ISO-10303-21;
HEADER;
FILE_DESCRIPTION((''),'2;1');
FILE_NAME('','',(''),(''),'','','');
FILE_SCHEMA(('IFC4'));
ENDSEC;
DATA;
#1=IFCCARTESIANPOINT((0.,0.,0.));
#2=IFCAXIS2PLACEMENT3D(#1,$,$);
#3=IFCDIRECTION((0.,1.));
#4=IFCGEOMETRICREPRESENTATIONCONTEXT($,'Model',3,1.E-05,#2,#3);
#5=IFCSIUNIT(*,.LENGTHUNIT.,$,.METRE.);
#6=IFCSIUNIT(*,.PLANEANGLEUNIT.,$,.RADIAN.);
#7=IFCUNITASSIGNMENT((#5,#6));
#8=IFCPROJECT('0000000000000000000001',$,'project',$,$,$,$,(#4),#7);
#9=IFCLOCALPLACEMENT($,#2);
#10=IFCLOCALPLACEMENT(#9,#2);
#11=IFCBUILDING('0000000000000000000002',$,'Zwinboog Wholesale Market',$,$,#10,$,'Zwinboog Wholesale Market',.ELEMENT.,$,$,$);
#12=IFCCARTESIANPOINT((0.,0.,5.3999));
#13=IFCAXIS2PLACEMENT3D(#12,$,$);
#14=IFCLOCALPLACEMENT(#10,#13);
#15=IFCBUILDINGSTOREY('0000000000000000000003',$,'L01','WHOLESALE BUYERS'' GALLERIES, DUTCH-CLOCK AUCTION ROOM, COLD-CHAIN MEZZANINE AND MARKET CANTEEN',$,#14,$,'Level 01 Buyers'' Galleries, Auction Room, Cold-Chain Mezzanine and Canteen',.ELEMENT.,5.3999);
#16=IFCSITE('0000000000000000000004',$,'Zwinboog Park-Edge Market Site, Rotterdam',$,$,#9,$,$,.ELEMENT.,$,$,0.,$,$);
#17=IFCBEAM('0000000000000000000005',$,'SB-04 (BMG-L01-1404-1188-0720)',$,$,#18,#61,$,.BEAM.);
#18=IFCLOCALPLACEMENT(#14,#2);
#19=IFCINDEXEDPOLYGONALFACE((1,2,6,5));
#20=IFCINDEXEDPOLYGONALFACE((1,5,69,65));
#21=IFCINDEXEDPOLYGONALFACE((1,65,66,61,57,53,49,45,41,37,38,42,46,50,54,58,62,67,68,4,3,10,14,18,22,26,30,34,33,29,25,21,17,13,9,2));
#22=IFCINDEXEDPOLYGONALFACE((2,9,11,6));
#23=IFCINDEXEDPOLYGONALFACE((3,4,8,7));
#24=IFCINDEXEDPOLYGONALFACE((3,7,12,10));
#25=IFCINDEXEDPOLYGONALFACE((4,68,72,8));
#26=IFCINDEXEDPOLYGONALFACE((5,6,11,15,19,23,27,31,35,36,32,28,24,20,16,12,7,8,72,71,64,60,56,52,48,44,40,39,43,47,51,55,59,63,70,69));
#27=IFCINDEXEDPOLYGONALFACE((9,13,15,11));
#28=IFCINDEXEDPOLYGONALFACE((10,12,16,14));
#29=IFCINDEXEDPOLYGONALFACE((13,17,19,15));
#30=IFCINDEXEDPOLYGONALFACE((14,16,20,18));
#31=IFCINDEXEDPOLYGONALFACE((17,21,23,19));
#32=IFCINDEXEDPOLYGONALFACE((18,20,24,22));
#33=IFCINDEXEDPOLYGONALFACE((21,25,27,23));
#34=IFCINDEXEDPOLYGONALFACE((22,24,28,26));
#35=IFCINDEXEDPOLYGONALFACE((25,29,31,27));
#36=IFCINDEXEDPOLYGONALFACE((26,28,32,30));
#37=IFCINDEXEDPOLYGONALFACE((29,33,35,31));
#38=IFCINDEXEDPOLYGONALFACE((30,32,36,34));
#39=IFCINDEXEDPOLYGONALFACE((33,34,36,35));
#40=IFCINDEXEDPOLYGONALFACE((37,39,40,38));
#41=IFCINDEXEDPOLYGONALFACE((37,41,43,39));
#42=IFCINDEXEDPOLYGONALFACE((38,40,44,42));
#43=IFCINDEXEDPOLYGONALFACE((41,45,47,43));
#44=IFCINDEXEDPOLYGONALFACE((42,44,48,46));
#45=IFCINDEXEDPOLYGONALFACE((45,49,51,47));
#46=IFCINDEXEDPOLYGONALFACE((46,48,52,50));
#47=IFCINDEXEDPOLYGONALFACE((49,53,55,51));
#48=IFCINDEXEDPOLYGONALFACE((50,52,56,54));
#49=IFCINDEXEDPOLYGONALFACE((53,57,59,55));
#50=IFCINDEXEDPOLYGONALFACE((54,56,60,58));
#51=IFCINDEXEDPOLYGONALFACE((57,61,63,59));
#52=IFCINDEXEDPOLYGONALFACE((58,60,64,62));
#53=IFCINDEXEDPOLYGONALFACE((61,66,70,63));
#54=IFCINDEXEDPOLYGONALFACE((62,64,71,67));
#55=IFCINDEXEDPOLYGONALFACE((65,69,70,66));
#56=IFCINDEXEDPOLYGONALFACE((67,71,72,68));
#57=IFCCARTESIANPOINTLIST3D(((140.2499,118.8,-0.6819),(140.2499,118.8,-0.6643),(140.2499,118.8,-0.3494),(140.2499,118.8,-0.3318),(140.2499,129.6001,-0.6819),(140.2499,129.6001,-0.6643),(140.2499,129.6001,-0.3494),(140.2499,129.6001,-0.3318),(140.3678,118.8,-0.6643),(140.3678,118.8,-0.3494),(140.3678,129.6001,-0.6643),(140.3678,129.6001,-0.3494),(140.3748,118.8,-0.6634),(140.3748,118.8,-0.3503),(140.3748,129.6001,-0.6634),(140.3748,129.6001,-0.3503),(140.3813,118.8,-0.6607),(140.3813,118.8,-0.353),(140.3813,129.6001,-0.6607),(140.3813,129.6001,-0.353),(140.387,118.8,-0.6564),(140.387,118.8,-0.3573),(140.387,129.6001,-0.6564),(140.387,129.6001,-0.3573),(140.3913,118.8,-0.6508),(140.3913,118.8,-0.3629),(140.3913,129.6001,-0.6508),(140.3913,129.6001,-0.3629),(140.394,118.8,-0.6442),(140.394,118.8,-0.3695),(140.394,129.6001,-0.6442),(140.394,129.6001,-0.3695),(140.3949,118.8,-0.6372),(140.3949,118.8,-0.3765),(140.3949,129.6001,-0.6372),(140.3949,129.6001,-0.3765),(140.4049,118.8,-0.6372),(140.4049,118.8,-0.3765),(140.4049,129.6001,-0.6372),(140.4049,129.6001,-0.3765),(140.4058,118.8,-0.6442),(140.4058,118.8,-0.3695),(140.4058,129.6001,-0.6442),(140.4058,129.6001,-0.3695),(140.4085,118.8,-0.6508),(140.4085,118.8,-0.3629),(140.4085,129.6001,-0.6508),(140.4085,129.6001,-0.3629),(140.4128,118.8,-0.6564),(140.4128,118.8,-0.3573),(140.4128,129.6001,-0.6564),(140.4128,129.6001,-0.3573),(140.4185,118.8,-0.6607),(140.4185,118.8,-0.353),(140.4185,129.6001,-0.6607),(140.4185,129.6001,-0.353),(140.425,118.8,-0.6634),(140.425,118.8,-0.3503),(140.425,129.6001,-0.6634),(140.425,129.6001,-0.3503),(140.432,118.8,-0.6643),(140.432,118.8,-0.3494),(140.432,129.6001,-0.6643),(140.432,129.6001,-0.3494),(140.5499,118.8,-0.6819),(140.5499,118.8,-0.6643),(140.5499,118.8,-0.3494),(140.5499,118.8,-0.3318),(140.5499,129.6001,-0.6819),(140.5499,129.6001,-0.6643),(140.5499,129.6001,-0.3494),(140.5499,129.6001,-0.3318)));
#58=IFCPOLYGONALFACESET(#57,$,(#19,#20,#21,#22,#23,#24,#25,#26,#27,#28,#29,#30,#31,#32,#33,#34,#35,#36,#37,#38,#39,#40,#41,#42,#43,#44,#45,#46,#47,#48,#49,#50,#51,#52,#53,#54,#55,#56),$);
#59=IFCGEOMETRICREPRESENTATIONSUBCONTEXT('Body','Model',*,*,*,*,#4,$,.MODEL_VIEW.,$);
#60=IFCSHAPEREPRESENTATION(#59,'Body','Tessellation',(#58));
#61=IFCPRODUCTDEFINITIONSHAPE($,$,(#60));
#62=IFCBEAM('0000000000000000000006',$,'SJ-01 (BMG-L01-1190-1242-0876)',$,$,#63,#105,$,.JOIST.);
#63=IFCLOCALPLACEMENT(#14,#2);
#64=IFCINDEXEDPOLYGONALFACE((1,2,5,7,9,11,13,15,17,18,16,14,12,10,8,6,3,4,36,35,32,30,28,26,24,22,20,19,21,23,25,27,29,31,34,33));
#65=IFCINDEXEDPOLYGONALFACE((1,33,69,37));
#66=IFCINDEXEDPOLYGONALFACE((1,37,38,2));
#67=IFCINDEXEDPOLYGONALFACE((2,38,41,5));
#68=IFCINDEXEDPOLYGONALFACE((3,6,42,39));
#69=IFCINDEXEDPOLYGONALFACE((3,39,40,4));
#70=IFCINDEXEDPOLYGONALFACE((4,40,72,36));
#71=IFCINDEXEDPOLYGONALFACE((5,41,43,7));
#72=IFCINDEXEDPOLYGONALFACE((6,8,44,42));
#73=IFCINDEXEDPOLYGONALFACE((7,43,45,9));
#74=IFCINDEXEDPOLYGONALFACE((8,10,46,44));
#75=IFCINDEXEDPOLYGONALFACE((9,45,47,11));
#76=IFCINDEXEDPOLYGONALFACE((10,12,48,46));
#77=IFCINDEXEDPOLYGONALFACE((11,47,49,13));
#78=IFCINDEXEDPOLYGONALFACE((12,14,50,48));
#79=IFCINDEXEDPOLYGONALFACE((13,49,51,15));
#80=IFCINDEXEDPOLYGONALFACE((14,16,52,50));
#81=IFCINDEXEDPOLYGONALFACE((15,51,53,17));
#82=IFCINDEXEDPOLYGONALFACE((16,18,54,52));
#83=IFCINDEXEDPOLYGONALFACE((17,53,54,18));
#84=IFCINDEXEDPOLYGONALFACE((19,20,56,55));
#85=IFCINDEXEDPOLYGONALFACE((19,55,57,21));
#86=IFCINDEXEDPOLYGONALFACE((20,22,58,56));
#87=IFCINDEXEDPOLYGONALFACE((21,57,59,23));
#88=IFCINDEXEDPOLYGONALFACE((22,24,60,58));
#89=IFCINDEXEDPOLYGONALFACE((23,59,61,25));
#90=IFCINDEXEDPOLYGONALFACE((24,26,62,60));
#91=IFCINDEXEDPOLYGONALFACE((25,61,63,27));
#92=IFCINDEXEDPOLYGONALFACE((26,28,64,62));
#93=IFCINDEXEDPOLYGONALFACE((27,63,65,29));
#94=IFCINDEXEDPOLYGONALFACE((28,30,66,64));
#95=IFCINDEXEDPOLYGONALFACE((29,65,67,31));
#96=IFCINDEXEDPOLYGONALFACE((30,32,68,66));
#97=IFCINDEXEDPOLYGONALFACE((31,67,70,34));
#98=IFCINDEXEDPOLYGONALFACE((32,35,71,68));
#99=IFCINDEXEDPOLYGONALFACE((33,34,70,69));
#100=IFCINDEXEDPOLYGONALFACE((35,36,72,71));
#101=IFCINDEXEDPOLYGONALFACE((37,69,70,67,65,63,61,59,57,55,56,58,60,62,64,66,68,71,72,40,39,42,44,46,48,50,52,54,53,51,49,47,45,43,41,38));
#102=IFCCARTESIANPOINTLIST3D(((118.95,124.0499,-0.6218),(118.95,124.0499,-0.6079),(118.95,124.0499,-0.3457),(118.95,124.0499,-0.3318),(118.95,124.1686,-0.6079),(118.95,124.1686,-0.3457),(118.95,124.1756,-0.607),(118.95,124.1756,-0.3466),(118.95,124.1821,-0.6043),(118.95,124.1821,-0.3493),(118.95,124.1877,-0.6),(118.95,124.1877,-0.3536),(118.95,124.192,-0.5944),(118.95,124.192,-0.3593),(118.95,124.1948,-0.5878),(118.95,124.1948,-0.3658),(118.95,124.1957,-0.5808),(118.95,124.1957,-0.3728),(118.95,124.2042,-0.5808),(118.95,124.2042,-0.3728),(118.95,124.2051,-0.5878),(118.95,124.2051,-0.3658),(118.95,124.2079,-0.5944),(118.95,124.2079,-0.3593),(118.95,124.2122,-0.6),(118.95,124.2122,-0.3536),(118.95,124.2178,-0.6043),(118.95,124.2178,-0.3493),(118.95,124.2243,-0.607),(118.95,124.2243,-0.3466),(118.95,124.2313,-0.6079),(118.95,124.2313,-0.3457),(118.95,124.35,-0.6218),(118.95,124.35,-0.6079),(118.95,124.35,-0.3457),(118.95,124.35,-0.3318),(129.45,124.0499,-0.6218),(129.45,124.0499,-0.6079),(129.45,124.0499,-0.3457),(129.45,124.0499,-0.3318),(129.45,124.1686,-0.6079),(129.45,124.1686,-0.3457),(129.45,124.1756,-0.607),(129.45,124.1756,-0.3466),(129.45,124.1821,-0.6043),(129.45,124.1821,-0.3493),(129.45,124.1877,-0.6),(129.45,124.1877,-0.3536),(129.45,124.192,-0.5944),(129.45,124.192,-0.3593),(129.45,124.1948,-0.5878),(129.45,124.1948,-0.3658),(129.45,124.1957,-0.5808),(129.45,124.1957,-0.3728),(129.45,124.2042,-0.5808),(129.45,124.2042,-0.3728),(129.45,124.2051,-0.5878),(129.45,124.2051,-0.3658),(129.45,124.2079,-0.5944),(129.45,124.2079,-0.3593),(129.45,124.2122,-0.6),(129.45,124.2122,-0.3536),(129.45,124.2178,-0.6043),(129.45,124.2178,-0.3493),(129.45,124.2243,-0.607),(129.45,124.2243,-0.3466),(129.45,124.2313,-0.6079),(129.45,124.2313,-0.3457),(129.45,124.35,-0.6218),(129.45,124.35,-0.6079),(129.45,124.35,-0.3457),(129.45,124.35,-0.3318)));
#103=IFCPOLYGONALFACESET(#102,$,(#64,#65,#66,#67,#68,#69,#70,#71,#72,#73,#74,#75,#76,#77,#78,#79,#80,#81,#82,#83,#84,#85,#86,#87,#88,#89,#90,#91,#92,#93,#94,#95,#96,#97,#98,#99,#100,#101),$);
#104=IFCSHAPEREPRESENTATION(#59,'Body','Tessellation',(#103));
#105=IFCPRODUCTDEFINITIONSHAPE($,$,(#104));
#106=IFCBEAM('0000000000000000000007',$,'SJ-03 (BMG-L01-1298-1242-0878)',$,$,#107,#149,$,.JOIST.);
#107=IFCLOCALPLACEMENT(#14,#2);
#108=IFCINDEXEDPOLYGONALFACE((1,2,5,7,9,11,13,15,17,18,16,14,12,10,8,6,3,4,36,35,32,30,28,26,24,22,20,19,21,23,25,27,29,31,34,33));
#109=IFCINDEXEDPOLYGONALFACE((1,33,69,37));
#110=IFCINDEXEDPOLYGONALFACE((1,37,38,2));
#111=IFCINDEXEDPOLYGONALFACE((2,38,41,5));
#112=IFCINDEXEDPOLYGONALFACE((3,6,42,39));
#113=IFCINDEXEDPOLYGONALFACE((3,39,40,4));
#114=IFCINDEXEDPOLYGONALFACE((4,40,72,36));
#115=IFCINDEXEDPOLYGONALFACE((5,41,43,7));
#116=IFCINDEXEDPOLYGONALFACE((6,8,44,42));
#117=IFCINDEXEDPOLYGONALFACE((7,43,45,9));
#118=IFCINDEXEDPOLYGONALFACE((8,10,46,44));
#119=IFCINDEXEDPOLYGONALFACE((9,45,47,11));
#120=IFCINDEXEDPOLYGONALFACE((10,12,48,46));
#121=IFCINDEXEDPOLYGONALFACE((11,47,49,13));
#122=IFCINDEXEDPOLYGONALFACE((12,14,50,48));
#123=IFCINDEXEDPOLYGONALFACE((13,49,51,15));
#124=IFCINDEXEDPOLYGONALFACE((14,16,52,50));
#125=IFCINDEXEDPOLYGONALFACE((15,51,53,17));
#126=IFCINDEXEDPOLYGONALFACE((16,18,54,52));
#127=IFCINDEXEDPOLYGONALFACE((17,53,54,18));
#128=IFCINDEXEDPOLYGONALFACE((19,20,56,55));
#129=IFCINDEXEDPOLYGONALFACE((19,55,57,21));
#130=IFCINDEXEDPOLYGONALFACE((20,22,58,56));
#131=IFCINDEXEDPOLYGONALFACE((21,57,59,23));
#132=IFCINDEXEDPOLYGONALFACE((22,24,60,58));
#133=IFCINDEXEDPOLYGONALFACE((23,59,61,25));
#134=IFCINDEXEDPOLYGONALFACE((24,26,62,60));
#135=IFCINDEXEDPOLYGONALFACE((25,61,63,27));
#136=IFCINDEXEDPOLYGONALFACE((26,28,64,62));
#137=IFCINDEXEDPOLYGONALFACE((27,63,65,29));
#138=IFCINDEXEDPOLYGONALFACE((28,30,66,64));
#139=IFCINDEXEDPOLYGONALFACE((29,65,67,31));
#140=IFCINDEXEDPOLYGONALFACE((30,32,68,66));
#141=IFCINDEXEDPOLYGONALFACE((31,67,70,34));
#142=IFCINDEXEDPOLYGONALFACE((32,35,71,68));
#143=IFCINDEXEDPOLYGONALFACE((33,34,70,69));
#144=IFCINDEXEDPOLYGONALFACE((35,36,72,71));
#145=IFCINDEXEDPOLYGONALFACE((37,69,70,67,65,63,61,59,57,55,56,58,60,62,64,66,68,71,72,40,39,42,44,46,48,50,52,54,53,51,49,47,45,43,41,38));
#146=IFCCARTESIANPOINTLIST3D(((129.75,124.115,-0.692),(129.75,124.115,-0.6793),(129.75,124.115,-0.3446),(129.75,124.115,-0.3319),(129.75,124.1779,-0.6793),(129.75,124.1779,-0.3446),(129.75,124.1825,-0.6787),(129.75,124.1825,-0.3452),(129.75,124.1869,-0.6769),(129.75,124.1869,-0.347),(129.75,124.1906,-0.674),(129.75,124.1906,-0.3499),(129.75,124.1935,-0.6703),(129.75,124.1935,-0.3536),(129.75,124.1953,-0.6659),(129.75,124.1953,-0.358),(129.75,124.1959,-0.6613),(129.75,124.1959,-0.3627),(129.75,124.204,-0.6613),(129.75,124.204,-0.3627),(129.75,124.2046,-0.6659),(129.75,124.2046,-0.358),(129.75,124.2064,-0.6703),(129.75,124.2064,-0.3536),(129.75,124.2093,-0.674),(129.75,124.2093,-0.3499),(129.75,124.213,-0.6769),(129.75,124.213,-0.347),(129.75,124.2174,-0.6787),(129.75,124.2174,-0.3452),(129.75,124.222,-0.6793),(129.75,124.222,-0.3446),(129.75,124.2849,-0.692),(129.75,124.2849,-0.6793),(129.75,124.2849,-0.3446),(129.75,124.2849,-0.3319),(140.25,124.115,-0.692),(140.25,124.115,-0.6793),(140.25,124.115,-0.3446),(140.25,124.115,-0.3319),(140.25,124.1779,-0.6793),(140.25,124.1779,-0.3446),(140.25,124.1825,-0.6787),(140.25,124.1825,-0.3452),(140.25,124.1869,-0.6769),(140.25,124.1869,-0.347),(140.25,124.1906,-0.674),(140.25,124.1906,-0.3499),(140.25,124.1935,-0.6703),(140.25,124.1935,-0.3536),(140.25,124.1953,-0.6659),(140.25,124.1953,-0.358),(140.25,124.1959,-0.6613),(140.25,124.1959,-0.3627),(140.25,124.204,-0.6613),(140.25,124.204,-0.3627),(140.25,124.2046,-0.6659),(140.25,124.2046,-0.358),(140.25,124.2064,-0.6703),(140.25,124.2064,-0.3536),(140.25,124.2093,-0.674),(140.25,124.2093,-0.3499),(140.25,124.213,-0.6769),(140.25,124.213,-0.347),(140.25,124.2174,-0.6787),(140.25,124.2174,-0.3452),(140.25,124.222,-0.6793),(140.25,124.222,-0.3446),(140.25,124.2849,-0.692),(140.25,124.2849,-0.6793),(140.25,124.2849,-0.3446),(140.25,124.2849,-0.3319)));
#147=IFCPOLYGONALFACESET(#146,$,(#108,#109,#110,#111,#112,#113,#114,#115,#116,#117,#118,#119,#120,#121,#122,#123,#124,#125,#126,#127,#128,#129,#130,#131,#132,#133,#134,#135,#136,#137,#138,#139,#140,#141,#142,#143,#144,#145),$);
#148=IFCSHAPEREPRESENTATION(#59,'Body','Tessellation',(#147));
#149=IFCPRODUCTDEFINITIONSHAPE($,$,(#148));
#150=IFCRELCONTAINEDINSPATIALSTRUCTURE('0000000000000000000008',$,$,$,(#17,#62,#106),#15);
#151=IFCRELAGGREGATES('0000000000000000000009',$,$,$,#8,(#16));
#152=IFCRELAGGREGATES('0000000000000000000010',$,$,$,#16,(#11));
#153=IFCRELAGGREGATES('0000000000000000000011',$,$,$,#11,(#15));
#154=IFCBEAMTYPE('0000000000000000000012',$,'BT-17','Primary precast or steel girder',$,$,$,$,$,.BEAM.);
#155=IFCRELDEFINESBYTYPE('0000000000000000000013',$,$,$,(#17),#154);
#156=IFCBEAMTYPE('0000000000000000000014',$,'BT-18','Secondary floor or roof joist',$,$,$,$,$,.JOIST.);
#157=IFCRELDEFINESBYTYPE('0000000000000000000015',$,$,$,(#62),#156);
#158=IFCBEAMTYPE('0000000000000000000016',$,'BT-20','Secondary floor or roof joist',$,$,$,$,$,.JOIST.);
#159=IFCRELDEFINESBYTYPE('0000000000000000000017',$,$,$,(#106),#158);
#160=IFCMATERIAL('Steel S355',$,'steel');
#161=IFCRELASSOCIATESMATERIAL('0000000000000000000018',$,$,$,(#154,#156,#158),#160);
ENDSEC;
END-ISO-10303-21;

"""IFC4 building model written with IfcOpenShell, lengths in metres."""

from ifc_helpers import new_model, si_unit, direction, frame, origin, origin_2d, place, context, subcontext, project, spatial, i_section, extrude, material, material_profile, profile_set, type_object, element, save


model = new_model("IFC4")

# Units and contexts
model_context = context("Model", 3, precision=1e-05, world=origin(), true_north=direction((0.0, 1.0)))
body_context = subcontext(model_context, "Body", "Model", "MODEL_VIEW")
ifc_project = project(units=[si_unit("LENGTHUNIT", "METRE"), si_unit("PLANEANGLEUNIT", "RADIAN")], contexts=[model_context])

# Site, building, storey
site_placement = place(None, origin())
site = spatial("IfcSite", under=ifc_project, at=site_placement, Name="Zwinboog Park-Edge Market Site, Rotterdam", CompositionType="ELEMENT", RefElevation=0.0)
building_placement = place(site_placement, origin())
building = spatial("IfcBuilding", under=site, at=building_placement, Name="Zwinboog Wholesale Market", LongName="Zwinboog Wholesale Market", CompositionType="ELEMENT")
storey_placement = place(building_placement, frame((0.0, 0.0, 5.3999)))
storey = spatial("IfcBuildingStorey", under=building, at=storey_placement, Name="L01", Description="WHOLESALE BUYERS' GALLERIES, DUTCH-CLOCK AUCTION ROOM, COLD-CHAIN MEZZANINE AND MARKET CANTEEN", LongName="Level 01 Buyers' Galleries, Auction Room, Cold-Chain Mezzanine and Canteen", CompositionType="ELEMENT", Elevation=5.3999)

# Beams
ifc_material_1 = material(Name="Steel S355", Category="steel")
ifc_material_profile_1 = material_profile(ifc_material_1, i_section(OverallWidth=0.3, OverallDepth=0.3501, WebThickness=0.01, FlangeThickness=0.0176, FilletRadius=0.0271, at=origin_2d()), Name="HEA 360")
ifc_profile_set_1 = profile_set([ifc_material_profile_1], Name="Steel S355")
beam_type_1 = type_object("IfcBeamType", Name="BT-17", Description="Primary precast or steel girder", PredefinedType="BEAM", material=ifc_profile_set_1)
for number, where, z_axis, x_axis, name in (
    (1, (140.3999, 118.8, -0.5068), (0.0, 1.0, 0.0), (-1.0, 0.0, 0.0), "SB-04 (BMG-L01-1404-1188-0720)"),
):
    element("IfcBeam", number, at=place(storey_placement, frame(where, z_axis=z_axis, x_axis=x_axis)), inside=storey, type_object=beam_type_1, Name=name, PredefinedType="BEAM", context=body_context, shape_type="SweptSolid", body=[
        extrude(i_section(OverallWidth=0.3, OverallDepth=0.3501, WebThickness=0.01, FlangeThickness=0.0176, FilletRadius=0.0271, at=origin_2d()), origin(), (0.0, 0.0, 1.0), 10.8),
    ])
ifc_material_profile_2 = material_profile(ifc_material_1, i_section(OverallWidth=0.3, OverallDepth=0.29, WebThickness=0.0085, FlangeThickness=0.0139, FilletRadius=0.0271, at=origin_2d()), Name="HEA 300")
ifc_profile_set_2 = profile_set([ifc_material_profile_2], Name="Steel S355")
beam_type_2 = type_object("IfcBeamType", Name="BT-18", Description="Secondary floor or roof joist", PredefinedType="JOIST", material=ifc_profile_set_2)
beam_1_placement = place(storey_placement, frame((118.95, 124.2, -0.4768), z_axis=(1.0, 0.0, 0.0), x_axis=(0.0, 1.0, 0.0)))
element("IfcBeam", 2, at=beam_1_placement, inside=storey, type_object=beam_type_2, Name="SJ-01 (BMG-L01-1190-1242-0876)", PredefinedType="JOIST", context=body_context, shape_type="SweptSolid", body=[
    extrude(i_section(OverallWidth=0.3, OverallDepth=0.29, WebThickness=0.0085, FlangeThickness=0.0139, FilletRadius=0.0271, at=origin_2d()), origin(), (0.0, 0.0, 1.0), 10.5),
])
ifc_material_profile_3 = material_profile(ifc_material_1, i_section(OverallWidth=0.1699, OverallDepth=0.3601, WebThickness=0.0081, FlangeThickness=0.0127, FilletRadius=0.0181, at=origin_2d()), Name="IPE 360")
ifc_profile_set_3 = profile_set([ifc_material_profile_3], Name="Steel S355")
beam_type_3 = type_object("IfcBeamType", Name="BT-20", Description="Secondary floor or roof joist", PredefinedType="JOIST", material=ifc_profile_set_3)
beam_2_placement = place(storey_placement, frame((129.75, 124.2, -0.512), z_axis=(1.0, 0.0, 0.0), x_axis=(0.0, 1.0, 0.0)))
element("IfcBeam", 3, at=beam_2_placement, inside=storey, type_object=beam_type_3, Name="SJ-03 (BMG-L01-1298-1242-0878)", PredefinedType="JOIST", context=body_context, shape_type="SweptSolid", body=[
    extrude(i_section(OverallWidth=0.1699, OverallDepth=0.3601, WebThickness=0.0081, FlangeThickness=0.0127, FilletRadius=0.0181, at=origin_2d()), origin(), (0.0, 0.0, 1.0), 10.5),
])

save(model, "model.ifc")
